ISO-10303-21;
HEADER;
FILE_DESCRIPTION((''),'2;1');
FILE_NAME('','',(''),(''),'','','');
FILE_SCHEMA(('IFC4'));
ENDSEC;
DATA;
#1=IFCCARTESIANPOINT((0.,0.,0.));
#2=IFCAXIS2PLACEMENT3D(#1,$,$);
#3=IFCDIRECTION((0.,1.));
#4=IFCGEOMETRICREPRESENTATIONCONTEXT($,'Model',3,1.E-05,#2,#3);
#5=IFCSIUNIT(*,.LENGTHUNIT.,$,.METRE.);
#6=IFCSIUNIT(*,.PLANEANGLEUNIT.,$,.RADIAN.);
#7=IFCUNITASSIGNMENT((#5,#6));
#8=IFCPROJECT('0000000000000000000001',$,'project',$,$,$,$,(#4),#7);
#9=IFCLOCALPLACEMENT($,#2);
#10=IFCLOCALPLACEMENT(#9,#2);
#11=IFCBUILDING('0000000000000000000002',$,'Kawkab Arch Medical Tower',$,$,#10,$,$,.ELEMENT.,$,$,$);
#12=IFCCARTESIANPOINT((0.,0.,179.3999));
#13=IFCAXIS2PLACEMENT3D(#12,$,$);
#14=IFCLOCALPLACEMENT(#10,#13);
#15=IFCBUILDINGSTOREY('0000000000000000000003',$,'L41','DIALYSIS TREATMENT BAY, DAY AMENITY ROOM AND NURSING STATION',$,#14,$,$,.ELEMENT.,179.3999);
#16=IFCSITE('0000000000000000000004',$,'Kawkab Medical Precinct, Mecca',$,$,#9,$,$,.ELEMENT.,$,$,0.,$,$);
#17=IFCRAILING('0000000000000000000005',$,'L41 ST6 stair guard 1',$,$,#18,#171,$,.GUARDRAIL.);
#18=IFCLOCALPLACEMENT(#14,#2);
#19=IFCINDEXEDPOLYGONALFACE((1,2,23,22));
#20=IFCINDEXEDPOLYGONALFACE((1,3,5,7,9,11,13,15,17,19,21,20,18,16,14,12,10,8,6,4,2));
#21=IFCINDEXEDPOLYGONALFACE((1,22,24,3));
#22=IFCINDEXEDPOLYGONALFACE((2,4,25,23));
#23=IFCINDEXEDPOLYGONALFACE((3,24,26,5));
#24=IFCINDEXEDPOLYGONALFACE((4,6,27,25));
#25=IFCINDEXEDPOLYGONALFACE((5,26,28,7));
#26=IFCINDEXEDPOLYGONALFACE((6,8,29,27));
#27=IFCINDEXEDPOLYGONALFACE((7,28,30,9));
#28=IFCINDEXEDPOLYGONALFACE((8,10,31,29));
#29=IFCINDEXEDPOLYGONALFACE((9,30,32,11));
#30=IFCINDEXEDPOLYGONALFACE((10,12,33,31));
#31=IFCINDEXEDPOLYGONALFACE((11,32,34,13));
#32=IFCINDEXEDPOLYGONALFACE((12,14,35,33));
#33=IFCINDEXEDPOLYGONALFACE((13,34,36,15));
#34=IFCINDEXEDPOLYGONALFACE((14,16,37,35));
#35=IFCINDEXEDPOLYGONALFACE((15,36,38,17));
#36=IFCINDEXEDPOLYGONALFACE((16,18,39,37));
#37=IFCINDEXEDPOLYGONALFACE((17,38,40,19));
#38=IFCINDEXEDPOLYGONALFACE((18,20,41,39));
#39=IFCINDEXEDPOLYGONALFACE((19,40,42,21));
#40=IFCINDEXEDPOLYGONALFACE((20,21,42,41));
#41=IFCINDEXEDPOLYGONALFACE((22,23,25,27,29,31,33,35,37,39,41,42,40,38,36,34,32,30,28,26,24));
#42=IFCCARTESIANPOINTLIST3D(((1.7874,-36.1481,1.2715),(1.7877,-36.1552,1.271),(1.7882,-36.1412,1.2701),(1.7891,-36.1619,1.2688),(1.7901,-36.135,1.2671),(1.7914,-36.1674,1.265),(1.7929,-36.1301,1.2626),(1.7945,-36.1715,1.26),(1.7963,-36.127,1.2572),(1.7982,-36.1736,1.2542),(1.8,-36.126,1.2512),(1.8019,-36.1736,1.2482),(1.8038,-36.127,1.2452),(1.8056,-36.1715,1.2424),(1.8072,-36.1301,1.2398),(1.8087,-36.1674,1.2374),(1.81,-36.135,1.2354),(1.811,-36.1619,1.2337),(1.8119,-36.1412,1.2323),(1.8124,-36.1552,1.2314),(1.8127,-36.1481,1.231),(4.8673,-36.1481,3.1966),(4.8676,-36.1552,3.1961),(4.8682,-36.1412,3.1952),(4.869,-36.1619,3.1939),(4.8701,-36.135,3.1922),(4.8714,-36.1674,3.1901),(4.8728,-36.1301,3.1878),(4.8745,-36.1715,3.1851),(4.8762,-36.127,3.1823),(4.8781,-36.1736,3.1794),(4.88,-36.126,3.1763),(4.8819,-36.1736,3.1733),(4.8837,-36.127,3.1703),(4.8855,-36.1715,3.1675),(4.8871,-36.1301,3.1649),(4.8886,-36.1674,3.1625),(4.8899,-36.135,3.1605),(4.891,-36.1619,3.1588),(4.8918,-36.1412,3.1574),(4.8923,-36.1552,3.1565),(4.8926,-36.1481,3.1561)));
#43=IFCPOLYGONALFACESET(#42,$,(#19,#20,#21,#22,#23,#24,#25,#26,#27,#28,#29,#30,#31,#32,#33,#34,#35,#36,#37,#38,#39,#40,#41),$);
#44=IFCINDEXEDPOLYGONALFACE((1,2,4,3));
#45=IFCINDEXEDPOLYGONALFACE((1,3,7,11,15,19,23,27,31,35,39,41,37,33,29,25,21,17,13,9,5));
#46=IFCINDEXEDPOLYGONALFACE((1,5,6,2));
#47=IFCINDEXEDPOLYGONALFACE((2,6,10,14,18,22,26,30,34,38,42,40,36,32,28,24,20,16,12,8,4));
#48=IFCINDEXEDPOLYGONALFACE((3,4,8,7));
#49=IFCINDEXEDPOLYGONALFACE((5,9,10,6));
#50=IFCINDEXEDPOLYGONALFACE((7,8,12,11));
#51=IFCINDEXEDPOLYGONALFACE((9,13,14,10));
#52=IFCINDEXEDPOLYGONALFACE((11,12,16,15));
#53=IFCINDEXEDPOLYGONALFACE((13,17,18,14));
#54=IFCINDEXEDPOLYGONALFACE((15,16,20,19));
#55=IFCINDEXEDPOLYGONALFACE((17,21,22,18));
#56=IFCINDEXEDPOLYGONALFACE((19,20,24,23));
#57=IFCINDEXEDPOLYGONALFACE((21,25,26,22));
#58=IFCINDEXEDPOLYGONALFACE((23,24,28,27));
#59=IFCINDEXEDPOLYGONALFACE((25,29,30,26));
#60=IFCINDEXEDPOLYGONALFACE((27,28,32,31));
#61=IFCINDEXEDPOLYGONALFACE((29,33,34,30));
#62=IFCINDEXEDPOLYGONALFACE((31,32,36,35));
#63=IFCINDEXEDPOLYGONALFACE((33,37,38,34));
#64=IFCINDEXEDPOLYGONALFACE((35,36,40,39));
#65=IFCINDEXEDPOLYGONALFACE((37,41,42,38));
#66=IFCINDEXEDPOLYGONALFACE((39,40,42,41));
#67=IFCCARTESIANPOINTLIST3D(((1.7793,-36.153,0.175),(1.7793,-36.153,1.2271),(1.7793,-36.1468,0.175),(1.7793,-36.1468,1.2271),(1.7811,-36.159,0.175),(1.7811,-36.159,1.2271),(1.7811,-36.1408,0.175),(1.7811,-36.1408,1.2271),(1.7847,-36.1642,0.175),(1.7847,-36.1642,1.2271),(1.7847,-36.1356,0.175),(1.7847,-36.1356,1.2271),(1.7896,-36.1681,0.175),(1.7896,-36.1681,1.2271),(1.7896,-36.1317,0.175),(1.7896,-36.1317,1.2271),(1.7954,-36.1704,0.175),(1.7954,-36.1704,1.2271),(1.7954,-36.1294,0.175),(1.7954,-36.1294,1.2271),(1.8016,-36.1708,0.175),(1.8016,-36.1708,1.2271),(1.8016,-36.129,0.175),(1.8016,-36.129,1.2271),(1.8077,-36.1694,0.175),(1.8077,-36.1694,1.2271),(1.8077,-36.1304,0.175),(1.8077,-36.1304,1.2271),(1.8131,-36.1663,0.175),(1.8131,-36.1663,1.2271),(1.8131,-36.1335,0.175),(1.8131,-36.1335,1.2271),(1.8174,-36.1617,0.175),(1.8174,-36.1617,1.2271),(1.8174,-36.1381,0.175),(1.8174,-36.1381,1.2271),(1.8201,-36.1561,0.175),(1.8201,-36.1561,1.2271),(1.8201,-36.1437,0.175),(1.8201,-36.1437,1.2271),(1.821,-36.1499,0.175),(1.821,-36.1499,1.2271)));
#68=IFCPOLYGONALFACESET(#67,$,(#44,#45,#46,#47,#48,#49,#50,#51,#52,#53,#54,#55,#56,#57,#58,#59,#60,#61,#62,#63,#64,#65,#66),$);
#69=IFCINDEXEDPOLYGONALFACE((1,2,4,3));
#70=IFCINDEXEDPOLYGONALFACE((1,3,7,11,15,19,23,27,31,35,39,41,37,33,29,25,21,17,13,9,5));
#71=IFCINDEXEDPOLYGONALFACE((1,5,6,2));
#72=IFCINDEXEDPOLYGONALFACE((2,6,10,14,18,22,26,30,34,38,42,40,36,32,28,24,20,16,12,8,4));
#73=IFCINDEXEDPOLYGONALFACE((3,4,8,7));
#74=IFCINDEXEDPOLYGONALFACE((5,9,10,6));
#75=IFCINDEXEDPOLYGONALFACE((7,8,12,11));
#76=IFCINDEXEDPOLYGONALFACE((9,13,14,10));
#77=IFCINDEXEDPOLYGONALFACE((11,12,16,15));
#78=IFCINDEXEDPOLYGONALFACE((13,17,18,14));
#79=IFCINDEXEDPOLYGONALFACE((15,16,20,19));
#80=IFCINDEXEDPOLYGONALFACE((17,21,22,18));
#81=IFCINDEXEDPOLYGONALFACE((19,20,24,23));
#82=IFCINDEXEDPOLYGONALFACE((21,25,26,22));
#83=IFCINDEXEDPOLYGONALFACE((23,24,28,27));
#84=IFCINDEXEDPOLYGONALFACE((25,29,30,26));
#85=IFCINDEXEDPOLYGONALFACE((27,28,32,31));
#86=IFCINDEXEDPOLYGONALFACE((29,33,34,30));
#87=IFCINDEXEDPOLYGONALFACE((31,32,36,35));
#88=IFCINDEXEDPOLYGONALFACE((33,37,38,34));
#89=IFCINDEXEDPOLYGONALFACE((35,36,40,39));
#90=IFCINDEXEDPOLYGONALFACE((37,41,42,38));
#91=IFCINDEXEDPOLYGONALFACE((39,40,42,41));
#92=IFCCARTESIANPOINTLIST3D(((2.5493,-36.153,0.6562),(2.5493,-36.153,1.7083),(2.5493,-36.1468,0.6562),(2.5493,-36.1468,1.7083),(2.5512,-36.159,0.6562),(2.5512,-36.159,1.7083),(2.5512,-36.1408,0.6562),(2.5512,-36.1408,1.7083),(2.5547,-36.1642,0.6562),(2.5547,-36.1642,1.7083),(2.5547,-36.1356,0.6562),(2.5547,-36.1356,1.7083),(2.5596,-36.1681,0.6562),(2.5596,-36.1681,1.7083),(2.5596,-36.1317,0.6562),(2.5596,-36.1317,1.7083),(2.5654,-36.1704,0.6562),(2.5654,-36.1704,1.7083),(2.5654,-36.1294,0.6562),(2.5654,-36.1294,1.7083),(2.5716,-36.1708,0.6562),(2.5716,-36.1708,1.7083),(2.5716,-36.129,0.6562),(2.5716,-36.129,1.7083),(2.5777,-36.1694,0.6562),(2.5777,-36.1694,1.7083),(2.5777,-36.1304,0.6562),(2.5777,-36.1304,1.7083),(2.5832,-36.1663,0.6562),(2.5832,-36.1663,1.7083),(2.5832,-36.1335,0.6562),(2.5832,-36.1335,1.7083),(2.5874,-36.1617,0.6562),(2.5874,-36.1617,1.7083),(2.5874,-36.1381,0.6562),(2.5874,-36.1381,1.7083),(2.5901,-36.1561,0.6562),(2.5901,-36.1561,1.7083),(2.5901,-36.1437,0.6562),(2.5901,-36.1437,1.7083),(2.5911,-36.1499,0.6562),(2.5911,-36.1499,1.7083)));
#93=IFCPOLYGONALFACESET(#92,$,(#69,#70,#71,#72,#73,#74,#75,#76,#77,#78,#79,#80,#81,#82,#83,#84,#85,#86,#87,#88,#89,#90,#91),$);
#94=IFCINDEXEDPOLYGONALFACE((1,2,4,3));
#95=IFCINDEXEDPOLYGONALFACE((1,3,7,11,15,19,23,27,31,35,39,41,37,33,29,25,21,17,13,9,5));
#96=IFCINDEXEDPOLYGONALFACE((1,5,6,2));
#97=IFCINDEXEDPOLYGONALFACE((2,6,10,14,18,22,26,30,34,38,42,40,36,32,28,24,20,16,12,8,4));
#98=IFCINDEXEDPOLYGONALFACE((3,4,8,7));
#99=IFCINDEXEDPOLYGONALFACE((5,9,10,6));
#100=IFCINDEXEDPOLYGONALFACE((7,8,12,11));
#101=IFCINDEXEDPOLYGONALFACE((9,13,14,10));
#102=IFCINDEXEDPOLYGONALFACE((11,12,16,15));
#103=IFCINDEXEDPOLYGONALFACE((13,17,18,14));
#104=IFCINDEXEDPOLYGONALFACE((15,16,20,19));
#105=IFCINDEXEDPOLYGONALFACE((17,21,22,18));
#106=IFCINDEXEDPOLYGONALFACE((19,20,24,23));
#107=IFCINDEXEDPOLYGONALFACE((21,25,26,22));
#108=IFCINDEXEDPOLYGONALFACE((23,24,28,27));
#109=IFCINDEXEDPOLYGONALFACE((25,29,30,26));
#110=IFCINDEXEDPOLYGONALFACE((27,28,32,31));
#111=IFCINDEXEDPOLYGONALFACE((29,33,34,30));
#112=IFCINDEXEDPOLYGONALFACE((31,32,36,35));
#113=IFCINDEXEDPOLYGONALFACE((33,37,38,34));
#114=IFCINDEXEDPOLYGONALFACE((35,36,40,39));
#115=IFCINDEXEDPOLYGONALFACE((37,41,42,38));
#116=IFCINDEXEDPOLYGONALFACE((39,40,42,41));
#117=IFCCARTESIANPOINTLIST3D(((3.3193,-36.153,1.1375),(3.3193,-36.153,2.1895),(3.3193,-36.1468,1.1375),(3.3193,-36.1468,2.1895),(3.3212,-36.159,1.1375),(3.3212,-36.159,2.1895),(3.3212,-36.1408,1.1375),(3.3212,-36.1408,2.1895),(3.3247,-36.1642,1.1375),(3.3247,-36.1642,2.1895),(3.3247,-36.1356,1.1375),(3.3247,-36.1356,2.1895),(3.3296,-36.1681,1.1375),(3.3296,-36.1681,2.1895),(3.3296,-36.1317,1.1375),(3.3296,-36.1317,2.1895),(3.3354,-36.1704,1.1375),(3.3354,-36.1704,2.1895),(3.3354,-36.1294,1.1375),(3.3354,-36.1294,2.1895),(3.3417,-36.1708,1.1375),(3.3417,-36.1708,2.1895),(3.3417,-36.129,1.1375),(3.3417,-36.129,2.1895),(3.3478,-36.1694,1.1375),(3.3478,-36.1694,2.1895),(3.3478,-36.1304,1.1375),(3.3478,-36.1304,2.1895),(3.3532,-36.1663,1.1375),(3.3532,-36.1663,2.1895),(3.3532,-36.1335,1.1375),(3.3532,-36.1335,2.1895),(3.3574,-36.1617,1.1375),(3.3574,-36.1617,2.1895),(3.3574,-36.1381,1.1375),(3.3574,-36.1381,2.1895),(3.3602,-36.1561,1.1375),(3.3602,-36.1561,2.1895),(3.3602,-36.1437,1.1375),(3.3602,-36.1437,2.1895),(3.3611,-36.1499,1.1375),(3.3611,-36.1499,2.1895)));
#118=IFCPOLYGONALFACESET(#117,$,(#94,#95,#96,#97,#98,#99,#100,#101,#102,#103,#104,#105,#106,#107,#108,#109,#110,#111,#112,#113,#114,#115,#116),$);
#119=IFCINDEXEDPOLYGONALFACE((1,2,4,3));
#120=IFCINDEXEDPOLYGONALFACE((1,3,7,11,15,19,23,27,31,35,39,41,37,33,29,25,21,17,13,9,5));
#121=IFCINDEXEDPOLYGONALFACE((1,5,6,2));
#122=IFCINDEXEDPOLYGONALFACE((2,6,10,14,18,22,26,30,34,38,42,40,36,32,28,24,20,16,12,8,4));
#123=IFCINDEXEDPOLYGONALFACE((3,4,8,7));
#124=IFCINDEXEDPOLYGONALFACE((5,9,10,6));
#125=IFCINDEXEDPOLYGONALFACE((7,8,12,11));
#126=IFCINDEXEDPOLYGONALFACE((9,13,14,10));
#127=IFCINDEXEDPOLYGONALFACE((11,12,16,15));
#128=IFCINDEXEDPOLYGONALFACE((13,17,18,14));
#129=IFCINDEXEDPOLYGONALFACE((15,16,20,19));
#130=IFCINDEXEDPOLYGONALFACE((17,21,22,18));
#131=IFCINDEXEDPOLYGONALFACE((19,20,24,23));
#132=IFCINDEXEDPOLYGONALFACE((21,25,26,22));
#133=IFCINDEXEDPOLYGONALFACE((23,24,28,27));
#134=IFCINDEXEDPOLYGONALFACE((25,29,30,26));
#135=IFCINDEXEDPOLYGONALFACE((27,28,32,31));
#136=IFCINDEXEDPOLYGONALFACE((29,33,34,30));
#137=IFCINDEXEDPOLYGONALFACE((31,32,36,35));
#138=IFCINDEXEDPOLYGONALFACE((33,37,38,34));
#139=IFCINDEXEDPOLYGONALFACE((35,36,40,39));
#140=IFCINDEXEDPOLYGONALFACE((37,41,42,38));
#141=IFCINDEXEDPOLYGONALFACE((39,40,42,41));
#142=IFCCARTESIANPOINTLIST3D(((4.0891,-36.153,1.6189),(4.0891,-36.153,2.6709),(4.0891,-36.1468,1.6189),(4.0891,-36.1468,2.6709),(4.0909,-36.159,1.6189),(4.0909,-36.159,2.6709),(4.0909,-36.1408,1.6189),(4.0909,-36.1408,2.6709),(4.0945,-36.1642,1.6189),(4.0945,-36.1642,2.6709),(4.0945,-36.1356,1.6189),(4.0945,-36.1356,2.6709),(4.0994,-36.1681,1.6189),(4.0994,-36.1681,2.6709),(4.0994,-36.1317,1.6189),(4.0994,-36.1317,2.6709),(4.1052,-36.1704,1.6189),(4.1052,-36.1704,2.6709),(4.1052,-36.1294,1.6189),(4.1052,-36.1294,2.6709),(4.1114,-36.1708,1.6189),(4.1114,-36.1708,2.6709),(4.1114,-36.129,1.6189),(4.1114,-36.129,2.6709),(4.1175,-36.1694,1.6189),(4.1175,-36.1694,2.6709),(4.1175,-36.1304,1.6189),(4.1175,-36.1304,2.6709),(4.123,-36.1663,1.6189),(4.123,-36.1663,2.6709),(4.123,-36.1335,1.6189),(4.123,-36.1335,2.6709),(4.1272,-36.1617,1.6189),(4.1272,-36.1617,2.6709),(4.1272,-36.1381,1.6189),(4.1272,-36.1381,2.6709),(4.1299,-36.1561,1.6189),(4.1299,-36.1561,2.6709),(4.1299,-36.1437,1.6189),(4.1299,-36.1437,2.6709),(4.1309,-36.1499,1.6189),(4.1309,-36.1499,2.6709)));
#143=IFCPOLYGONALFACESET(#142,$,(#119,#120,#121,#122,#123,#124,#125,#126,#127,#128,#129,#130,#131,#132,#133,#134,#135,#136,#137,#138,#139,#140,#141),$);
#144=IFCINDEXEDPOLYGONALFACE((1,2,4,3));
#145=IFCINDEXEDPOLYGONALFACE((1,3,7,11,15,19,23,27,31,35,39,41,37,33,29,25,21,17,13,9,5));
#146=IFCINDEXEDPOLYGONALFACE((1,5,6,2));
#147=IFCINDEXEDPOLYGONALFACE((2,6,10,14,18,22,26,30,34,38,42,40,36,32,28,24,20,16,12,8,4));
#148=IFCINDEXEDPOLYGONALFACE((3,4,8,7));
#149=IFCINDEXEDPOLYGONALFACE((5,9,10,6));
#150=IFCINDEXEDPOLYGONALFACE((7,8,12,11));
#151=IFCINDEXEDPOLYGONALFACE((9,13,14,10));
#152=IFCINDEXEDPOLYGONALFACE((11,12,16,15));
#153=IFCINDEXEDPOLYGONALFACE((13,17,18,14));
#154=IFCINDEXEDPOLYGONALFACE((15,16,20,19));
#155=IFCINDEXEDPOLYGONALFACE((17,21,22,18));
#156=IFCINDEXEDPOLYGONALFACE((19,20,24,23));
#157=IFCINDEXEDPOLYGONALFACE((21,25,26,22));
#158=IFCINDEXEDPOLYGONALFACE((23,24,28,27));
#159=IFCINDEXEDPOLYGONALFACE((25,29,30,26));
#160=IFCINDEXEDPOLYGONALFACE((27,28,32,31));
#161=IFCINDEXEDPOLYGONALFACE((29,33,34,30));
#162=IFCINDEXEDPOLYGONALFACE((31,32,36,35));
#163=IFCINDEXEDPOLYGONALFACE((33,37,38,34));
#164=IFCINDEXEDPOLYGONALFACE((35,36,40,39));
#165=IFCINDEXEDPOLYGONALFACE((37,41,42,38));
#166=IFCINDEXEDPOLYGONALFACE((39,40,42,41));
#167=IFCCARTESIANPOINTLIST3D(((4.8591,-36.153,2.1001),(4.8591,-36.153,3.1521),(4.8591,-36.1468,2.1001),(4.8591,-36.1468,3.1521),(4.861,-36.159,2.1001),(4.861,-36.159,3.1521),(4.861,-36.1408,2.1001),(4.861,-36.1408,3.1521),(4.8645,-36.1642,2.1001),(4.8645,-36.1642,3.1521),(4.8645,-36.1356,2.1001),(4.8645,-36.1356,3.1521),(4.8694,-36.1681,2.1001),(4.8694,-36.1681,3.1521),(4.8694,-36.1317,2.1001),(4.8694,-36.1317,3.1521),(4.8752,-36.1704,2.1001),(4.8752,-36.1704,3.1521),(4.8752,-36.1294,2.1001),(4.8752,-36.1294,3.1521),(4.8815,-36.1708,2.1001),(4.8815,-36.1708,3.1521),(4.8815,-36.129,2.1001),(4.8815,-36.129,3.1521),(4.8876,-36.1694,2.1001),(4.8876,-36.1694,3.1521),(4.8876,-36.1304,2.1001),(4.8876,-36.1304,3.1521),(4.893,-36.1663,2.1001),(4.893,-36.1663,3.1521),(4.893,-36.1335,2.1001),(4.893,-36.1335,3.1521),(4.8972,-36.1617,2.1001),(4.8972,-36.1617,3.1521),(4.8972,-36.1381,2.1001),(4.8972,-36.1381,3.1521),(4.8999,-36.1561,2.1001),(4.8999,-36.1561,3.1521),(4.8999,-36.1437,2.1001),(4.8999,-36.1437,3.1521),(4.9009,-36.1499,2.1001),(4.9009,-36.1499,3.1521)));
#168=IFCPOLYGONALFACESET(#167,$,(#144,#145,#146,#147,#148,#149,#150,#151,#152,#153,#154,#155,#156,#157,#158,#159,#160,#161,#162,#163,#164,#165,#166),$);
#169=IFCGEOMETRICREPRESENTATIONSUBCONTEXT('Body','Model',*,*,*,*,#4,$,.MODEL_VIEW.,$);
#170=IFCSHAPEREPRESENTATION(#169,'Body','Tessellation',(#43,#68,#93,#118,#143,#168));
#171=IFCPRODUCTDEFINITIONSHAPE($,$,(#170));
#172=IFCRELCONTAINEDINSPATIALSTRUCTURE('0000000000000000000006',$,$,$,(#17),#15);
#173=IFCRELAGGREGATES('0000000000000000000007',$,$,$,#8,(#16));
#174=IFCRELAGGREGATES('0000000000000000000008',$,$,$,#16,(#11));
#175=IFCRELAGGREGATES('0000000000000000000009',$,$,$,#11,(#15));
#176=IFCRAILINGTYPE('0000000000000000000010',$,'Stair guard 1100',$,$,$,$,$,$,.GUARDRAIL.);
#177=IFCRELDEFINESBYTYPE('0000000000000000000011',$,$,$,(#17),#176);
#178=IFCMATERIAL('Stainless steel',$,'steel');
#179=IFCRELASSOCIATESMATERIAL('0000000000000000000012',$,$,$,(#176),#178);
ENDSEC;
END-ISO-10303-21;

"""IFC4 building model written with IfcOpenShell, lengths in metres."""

from ifc_helpers import new_model, si_unit, direction, frame, origin, origin_2d, place, context, subcontext, project, spatial, circle, extrude, material, type_object, element, save


model = new_model("IFC4")

# Units and contexts
model_context = context("Model", 3, precision=1e-05, world=origin(), true_north=direction((0.0, 1.0)))
body_context = subcontext(model_context, "Body", "Model", "MODEL_VIEW")
ifc_project = project(units=[si_unit("LENGTHUNIT", "METRE"), si_unit("PLANEANGLEUNIT", "RADIAN")], contexts=[model_context])

# Site, building, storey
site_placement = place(None, origin())
site = spatial("IfcSite", under=ifc_project, at=site_placement, Name="Kawkab Medical Precinct, Mecca", CompositionType="ELEMENT", RefElevation=0.0)
building_placement = place(site_placement, origin())
building = spatial("IfcBuilding", under=site, at=building_placement, Name="Kawkab Arch Medical Tower", CompositionType="ELEMENT")
storey_placement = place(building_placement, frame((0.0, 0.0, 179.3999)))
storey = spatial("IfcBuildingStorey", under=building, at=storey_placement, Name="L41", Description="DIALYSIS TREATMENT BAY, DAY AMENITY ROOM AND NURSING STATION", CompositionType="ELEMENT", Elevation=179.3999)

# Railing
ifc_material_1 = material(Name="Stainless steel", Category="steel")
railing_type = type_object("IfcRailingType", Name="Stair guard 1100", PredefinedType="GUARDRAIL", material=ifc_material_1)
railing_1_placement = place(storey_placement, frame((1.8, -36.1499, 0.175)))
element("IfcRailing", 1, at=railing_1_placement, inside=storey, type_object=railing_type, Name="L41 ST6 stair guard 1", PredefinedType="GUARDRAIL", context=body_context, shape_type="SweptSolid", body=[
    extrude(circle(Radius=0.0239, at=origin_2d()), frame((0.0, 0.0, 1.0762), z_axis=(0.847979, 0.0, 0.530029), x_axis=(0.0, 1.0, 0.0)), (0.0, 0.0, 1.0), 3.6321),
    extrude(circle(Radius=0.021, at=origin_2d()), origin(), (0.0, 0.0, 1.0), 1.052),
    extrude(circle(Radius=0.021, at=origin_2d()), frame((0.77, 0.0, 0.4812)), (0.0, 0.0, 1.0), 1.052),
    extrude(circle(Radius=0.021, at=origin_2d()), frame((1.54, 0.0, 0.9624)), (0.0, 0.0, 1.0), 1.052),
    extrude(circle(Radius=0.021, at=origin_2d()), frame((2.3098, 0.0, 1.4438)), (0.0, 0.0, 1.0), 1.052),
    extrude(circle(Radius=0.021, at=origin_2d()), frame((3.0798, 0.0, 1.925)), (0.0, 0.0, 1.0), 1.052),
])

save(model, "model.ifc")
